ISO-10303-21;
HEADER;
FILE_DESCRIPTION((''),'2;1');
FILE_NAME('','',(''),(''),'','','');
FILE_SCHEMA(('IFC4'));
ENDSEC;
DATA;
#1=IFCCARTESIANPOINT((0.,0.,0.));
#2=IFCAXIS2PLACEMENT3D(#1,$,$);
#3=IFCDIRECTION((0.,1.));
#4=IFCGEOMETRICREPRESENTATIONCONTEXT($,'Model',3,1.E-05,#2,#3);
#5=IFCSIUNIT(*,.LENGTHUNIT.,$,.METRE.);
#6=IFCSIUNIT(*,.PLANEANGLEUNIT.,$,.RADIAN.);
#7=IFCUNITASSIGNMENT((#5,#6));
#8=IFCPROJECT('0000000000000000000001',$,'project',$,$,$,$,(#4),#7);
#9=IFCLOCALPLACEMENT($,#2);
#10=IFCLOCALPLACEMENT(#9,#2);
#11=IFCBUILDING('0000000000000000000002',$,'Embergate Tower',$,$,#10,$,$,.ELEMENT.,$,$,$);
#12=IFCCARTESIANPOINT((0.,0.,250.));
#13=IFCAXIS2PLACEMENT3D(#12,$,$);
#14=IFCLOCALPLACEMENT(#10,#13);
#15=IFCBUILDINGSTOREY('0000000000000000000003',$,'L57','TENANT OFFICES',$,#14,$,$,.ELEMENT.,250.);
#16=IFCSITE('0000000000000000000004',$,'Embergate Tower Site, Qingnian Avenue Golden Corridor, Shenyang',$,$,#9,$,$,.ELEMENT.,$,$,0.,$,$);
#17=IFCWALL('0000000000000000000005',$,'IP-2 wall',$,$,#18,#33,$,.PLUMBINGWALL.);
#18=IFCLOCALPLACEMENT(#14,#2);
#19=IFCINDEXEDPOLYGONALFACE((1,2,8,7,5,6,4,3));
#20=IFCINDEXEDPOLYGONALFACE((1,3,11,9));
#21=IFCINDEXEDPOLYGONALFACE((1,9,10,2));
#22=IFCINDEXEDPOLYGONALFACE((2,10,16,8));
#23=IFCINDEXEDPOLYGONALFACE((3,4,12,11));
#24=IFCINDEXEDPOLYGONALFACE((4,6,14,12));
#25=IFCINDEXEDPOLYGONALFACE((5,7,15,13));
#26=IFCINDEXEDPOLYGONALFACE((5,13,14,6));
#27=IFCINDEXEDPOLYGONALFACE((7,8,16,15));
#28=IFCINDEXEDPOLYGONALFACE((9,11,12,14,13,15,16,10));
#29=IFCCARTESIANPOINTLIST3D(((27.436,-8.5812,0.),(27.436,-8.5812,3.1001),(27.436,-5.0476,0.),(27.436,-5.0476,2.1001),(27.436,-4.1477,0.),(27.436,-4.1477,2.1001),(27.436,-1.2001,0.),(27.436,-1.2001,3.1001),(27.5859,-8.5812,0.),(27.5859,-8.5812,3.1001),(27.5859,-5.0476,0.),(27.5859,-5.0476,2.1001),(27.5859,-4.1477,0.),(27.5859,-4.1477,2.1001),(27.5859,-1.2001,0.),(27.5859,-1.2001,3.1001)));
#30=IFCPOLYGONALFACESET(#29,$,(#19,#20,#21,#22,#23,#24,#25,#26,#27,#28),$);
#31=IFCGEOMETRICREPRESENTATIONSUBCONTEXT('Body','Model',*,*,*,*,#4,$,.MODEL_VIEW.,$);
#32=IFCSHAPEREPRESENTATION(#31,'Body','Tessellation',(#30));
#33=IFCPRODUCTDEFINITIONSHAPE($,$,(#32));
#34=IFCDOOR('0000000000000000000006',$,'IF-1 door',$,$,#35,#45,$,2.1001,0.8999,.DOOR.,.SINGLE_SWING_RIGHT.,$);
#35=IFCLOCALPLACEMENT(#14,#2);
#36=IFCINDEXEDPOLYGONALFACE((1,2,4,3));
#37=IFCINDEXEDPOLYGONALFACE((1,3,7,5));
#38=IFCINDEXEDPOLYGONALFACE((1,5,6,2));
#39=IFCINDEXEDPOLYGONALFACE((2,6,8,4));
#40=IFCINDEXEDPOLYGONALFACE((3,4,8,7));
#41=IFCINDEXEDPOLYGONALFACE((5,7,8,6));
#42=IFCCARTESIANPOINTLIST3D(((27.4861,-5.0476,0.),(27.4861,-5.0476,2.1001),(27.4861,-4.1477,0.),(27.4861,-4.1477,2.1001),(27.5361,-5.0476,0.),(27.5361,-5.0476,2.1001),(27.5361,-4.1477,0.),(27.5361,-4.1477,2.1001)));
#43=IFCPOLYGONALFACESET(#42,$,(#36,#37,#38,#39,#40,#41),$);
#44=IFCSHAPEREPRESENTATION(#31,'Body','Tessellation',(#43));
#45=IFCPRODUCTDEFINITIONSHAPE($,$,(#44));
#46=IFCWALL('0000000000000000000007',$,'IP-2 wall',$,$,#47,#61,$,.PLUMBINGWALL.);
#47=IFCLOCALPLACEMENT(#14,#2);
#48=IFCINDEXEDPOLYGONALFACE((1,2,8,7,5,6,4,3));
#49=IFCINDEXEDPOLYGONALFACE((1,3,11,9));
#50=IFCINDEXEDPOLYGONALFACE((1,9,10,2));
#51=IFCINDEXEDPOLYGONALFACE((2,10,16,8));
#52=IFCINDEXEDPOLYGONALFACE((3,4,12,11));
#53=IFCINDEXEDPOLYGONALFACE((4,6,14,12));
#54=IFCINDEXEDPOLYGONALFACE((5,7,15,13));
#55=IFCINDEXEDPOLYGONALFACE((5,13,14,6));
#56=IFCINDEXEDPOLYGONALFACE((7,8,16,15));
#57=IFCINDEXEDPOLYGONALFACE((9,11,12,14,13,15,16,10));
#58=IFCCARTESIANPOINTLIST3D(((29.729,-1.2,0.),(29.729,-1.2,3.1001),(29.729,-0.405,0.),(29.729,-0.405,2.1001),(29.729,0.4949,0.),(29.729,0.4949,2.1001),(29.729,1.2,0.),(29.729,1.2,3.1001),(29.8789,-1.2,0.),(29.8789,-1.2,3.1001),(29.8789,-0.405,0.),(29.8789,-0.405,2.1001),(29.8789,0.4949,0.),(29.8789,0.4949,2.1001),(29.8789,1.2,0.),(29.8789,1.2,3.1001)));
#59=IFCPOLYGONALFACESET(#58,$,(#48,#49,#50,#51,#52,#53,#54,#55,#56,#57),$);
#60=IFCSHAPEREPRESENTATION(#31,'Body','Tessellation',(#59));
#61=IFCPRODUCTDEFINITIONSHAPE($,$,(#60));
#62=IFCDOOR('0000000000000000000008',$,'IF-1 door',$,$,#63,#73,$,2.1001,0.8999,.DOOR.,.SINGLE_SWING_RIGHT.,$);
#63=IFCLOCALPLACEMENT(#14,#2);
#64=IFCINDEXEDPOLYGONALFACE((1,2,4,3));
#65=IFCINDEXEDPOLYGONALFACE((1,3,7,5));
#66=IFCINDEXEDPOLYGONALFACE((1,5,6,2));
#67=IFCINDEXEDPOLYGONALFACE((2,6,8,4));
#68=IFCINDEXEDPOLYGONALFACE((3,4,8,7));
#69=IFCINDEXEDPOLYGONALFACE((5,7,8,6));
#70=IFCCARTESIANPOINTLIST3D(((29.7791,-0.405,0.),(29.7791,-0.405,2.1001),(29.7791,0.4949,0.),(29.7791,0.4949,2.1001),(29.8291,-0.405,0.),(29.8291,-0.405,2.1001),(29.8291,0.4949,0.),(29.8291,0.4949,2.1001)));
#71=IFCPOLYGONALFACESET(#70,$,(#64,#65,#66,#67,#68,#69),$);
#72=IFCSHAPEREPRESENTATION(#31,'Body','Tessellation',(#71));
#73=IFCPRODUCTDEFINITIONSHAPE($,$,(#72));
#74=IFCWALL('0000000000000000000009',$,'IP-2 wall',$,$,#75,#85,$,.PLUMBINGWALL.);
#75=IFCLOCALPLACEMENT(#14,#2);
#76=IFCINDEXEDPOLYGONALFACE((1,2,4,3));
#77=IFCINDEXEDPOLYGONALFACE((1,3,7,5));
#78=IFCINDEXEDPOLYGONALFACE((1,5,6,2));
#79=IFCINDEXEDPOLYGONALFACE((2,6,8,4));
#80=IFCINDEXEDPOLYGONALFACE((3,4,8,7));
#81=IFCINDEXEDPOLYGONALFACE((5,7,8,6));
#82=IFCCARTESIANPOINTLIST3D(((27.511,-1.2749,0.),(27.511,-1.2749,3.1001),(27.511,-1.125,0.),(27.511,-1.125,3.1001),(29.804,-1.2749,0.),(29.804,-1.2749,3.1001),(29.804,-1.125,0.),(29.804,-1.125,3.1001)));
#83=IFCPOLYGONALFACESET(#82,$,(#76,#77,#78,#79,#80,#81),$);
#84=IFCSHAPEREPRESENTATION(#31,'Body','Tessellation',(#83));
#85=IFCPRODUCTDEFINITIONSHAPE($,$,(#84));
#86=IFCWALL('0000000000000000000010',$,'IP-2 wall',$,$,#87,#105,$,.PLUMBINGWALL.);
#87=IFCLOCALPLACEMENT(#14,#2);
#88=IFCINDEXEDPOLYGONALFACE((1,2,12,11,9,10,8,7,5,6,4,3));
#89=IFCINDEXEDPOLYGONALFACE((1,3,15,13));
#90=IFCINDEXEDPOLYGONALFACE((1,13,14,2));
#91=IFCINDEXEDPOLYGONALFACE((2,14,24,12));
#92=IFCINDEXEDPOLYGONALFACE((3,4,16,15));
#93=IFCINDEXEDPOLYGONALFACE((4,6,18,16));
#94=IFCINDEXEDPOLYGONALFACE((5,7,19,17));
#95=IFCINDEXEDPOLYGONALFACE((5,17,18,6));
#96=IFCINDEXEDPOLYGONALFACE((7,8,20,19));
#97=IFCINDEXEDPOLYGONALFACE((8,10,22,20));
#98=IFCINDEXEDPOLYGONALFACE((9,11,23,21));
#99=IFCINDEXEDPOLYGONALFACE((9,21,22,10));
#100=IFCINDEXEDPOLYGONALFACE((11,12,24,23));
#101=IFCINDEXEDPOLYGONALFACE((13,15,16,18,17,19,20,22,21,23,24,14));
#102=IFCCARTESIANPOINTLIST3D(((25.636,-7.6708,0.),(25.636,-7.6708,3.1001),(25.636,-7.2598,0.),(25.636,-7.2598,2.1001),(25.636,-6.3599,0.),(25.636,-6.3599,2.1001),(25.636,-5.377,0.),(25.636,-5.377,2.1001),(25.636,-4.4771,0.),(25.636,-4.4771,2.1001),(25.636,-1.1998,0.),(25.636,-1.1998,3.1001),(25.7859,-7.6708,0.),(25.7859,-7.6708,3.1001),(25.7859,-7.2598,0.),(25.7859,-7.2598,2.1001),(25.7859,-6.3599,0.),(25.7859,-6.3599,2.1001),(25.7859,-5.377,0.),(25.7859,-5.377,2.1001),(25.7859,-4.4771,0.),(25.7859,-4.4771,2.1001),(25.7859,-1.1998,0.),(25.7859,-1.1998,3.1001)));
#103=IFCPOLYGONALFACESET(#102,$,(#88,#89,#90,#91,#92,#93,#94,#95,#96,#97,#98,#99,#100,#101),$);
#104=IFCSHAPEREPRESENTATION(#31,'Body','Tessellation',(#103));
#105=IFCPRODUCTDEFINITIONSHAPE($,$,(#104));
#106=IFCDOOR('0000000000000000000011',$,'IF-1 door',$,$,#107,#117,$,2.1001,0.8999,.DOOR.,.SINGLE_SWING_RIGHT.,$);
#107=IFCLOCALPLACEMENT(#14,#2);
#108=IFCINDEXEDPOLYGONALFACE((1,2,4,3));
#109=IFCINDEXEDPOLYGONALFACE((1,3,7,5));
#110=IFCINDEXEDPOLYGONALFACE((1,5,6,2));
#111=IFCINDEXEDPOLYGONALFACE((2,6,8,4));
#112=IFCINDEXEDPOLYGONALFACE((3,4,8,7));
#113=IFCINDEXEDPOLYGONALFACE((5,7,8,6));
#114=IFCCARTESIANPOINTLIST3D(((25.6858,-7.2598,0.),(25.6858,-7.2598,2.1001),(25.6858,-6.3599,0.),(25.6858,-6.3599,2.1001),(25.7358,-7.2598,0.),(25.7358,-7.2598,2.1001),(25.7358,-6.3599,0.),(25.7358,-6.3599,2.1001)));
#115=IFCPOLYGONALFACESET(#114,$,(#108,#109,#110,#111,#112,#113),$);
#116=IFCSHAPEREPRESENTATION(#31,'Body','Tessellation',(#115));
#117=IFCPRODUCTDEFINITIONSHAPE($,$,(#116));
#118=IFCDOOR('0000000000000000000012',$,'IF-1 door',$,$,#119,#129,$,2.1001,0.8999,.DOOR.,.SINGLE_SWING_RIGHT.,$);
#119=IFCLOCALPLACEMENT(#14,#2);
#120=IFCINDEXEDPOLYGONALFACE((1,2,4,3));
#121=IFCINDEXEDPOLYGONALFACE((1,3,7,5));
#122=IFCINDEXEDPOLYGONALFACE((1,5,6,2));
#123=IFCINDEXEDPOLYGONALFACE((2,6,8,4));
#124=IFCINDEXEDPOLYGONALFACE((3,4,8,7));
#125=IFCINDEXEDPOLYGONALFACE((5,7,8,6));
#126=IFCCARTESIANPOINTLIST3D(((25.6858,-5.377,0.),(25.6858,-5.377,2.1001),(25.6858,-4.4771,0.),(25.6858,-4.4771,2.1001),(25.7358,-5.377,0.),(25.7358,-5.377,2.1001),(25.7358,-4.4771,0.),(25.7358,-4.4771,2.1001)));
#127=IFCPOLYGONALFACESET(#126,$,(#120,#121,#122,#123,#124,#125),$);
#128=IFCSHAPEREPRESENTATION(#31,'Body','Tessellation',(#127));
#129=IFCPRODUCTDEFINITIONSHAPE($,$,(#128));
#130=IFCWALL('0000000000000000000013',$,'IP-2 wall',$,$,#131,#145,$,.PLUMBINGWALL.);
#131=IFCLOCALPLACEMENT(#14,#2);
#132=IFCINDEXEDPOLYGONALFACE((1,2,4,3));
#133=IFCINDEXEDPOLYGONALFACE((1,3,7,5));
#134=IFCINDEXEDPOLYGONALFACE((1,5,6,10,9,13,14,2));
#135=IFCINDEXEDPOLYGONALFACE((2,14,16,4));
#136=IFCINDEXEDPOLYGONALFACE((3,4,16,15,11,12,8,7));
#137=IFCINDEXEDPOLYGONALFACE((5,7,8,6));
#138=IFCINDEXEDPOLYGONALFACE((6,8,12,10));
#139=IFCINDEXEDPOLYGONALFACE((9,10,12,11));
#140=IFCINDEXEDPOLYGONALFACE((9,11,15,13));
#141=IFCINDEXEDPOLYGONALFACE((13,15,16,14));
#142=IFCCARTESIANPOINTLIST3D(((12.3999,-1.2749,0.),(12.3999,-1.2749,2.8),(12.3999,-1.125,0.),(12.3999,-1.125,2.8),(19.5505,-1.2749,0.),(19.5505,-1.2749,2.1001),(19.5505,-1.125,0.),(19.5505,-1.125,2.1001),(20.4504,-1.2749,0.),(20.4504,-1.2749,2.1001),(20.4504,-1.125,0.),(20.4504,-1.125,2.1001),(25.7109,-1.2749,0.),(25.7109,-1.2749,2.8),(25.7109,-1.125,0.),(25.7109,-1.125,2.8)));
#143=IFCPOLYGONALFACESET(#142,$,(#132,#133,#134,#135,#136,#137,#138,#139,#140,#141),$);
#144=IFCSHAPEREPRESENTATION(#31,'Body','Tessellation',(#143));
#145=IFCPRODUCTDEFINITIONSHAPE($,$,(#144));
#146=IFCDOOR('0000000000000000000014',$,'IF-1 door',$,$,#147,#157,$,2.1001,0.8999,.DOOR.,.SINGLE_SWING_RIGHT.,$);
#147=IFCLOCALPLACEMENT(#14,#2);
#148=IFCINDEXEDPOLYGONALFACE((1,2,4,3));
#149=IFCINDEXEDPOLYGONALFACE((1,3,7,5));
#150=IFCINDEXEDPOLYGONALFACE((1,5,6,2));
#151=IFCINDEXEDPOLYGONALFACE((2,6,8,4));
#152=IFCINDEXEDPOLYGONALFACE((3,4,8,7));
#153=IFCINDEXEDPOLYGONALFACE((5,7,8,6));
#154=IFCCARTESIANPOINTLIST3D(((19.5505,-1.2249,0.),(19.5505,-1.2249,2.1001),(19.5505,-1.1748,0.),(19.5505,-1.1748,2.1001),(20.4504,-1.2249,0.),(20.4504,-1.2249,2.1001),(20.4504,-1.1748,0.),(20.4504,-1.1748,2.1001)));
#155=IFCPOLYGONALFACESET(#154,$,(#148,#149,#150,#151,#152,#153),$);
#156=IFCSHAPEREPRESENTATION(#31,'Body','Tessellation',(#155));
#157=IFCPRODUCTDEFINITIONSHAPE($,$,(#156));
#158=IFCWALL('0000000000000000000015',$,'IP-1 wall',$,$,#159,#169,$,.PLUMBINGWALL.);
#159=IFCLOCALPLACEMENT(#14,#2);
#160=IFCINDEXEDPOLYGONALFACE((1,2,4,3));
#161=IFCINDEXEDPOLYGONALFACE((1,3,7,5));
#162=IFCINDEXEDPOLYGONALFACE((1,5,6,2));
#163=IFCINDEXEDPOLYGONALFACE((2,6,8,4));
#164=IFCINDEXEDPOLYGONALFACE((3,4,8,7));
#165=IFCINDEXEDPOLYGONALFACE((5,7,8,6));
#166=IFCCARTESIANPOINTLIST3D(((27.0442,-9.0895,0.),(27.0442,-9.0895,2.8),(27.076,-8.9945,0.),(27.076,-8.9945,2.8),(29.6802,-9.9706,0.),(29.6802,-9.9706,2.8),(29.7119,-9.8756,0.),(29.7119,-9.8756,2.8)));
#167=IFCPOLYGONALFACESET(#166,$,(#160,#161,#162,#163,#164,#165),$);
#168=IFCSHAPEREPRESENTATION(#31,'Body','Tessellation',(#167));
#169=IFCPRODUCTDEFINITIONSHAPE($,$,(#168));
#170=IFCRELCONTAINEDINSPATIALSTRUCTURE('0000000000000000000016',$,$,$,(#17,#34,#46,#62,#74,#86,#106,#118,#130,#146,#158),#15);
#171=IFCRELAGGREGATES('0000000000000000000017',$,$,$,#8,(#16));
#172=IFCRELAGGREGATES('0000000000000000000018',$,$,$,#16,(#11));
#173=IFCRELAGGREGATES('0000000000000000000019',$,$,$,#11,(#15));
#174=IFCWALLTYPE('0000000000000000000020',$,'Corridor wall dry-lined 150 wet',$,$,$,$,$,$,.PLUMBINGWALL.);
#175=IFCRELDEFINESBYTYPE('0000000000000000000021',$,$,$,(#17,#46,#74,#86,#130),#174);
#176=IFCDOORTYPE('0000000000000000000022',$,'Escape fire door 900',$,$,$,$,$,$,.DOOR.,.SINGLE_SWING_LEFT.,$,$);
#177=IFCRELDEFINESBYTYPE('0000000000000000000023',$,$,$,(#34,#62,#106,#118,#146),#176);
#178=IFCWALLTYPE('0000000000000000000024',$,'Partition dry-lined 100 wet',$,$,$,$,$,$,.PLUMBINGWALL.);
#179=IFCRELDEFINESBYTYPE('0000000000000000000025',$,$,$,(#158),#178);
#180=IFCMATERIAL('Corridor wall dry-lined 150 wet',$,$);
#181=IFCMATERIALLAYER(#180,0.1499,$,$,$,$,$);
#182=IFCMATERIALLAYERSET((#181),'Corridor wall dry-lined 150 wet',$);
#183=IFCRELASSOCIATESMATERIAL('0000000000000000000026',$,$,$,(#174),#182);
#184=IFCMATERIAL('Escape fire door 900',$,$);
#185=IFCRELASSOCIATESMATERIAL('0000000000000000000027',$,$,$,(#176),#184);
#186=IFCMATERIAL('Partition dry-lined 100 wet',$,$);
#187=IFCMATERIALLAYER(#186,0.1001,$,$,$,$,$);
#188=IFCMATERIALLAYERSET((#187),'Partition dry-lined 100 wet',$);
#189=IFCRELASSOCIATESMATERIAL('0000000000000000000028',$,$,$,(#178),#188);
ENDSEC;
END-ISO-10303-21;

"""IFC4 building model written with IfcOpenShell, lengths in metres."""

from ifc_helpers import new_model, si_unit, direction, frame, frame_2d, origin, place, context, subcontext, project, spatial, rectangle, extrude, source, transform, mapped, material, layer, layer_set, type_object, element, fill, save


model = new_model("IFC4")

# Units and contexts
model_context = context("Model", 3, precision=1e-05, world=origin(), true_north=direction((0.0, 1.0)))
body_context = subcontext(model_context, "Body", "Model", "MODEL_VIEW")
ifc_project = project(units=[si_unit("LENGTHUNIT", "METRE"), si_unit("PLANEANGLEUNIT", "RADIAN")], contexts=[model_context])

# Site, building, storey
site_placement = place(None, origin())
site = spatial("IfcSite", under=ifc_project, at=site_placement, Name="Embergate Tower Site, Qingnian Avenue Golden Corridor, Shenyang", CompositionType="ELEMENT", RefElevation=0.0)
building_placement = place(site_placement, origin())
building = spatial("IfcBuilding", under=site, at=building_placement, Name="Embergate Tower", CompositionType="ELEMENT")
storey_placement = place(building_placement, frame((0.0, 0.0, 250.0)))
storey = spatial("IfcBuildingStorey", under=building, at=storey_placement, Name="L57", Description="TENANT OFFICES", CompositionType="ELEMENT", Elevation=250.0)

# Walls, openings, doors
ifc_material_1 = material(Name="Corridor wall dry-lined 150 wet")
ifc_layer_1 = layer(ifc_material_1, 0.1499)
ifc_layer_set_1 = layer_set([ifc_layer_1], Name="Corridor wall dry-lined 150 wet")
wall_type_1 = type_object("IfcWallType", Name="Corridor wall dry-lined 150 wet", PredefinedType="PLUMBINGWALL", material=ifc_layer_set_1)
shared_shape_1 = source(origin(), body_context, "Body", "SweptSolid", [
    extrude(rectangle(XDim=7.3811, YDim=0.1499, at=frame_2d((3.6904, 0.0))), origin(), (0.0, 0.0, 1.0), 3.1001),
])
wall_1_placement = place(storey_placement, frame((27.511, -8.5811, 0.0), z_axis=(0.0, 0.0, 1.0), x_axis=(0.0, 1.0, 0.0)))
wall_1 = element("IfcWall", 1, at=wall_1_placement, inside=storey, type_object=wall_type_1, Name="IP-2 wall", PredefinedType="PLUMBINGWALL", context=body_context, shape_type="MappedRepresentation", body=[
    mapped(shared_shape_1, transform((0.0, 0.0, 0.0))),
])
shared_shape_2 = source(origin(), body_context, "Body", "SweptSolid", [
    extrude(rectangle(XDim=0.8999, YDim=2.1001, at=frame_2d((0.45, 1.05))), frame((0.0, 0.085, 0.0), z_axis=(0.0, -1.0, 0.0), x_axis=(1.0, 0.0, 0.0)), (0.0, 0.0, 1.0), 0.1699),
])
opening_1_placement = place(wall_1_placement, frame((3.5334, 0.0, 0.0)))
opening_1 = element("IfcOpeningElement", 2, at=opening_1_placement, cuts=wall_1, PredefinedType="OPENING", context=body_context, shape_type="MappedRepresentation", body=[
    mapped(shared_shape_2, transform((0.0, 0.0, 0.0))),
])
ifc_material_2 = material(Name="Escape fire door 900")
door_type = type_object("IfcDoorType", Name="Escape fire door 900", OperationType="SINGLE_SWING_LEFT", PredefinedType="DOOR", material=ifc_material_2)
shared_shape_3 = source(origin(), body_context, "Body", "SweptSolid", [
    extrude(rectangle(XDim=0.8999, YDim=2.1001, at=frame_2d((0.45, 1.05))), frame((0.0, 0.0249, 0.0), z_axis=(0.0, -1.0, 0.0), x_axis=(1.0, 0.0, 0.0)), (0.0, 0.0, 1.0), 0.05),
])
door_1_placement = place(opening_1_placement, origin())
door_1 = element("IfcDoor", 3, at=door_1_placement, inside=storey, type_object=door_type, Name="IF-1 door", OperationType="SINGLE_SWING_RIGHT", OverallHeight=2.1001, OverallWidth=0.8999, PredefinedType="DOOR", context=body_context, shape_type="MappedRepresentation", body=[
    mapped(shared_shape_3, transform((0.0, 0.0, 0.0))),
])
fill(opening_1, door_1)
shared_shape_4 = source(origin(), body_context, "Body", "SweptSolid", [
    extrude(rectangle(XDim=2.3999, YDim=0.1499, at=frame_2d((1.2, 0.0))), origin(), (0.0, 0.0, 1.0), 3.1001),
])
wall_2_placement = place(storey_placement, frame((29.804, -1.2, 0.0), z_axis=(0.0, 0.0, 1.0), x_axis=(0.0, 1.0, 0.0)))
wall_2 = element("IfcWall", 4, at=wall_2_placement, inside=storey, type_object=wall_type_1, Name="IP-2 wall", PredefinedType="PLUMBINGWALL", context=body_context, shape_type="MappedRepresentation", body=[
    mapped(shared_shape_4, transform((0.0, 0.0, 0.0))),
])
opening_2_placement = place(wall_2_placement, frame((0.7949, 0.0, 0.0)))
opening_2 = element("IfcOpeningElement", 5, at=opening_2_placement, cuts=wall_2, PredefinedType="OPENING", context=body_context, shape_type="MappedRepresentation", body=[
    mapped(shared_shape_2, transform((0.0, 0.0, 0.0))),
])
door_2_placement = place(opening_2_placement, origin())
door_2 = element("IfcDoor", 6, at=door_2_placement, inside=storey, type_object=door_type, Name="IF-1 door", OperationType="SINGLE_SWING_RIGHT", OverallHeight=2.1001, OverallWidth=0.8999, PredefinedType="DOOR", context=body_context, shape_type="MappedRepresentation", body=[
    mapped(shared_shape_3, transform((0.0, 0.0, 0.0))),
])
fill(opening_2, door_2)

# Wall
shared_shape_5 = source(origin(), body_context, "Body", "SweptSolid", [
    extrude(rectangle(XDim=2.293, YDim=0.1499, at=frame_2d((1.1465, 0.0))), origin(), (0.0, 0.0, 1.0), 3.1001),
])
wall_3_placement = place(storey_placement, frame((27.511, -1.2, 0.0), z_axis=(0.0, 0.0, 1.0), x_axis=(1.0, 0.0, 0.0)))
element("IfcWall", 7, at=wall_3_placement, inside=storey, type_object=wall_type_1, Name="IP-2 wall", PredefinedType="PLUMBINGWALL", context=body_context, shape_type="MappedRepresentation", body=[
    mapped(shared_shape_5, transform((0.0, 0.0, 0.0))),
])

# Wall, openings, doors
shared_shape_6 = source(origin(), body_context, "Body", "SweptSolid", [
    extrude(rectangle(XDim=6.4709, YDim=0.1499, at=frame_2d((3.2354, 0.0))), origin(), (0.0, 0.0, 1.0), 3.1001),
])
wall_4_placement = place(storey_placement, frame((25.7109, -1.2, 0.0), z_axis=(0.0, 0.0, 1.0), x_axis=(0.0, -1.0, 0.0)))
wall_4 = element("IfcWall", 8, at=wall_4_placement, inside=storey, type_object=wall_type_1, Name="IP-2 wall", PredefinedType="PLUMBINGWALL", context=body_context, shape_type="MappedRepresentation", body=[
    mapped(shared_shape_6, transform((0.0, 0.0, 0.0))),
])
opening_3_placement = place(wall_4_placement, frame((5.1599, 0.0, 0.0)))
opening_3 = element("IfcOpeningElement", 9, at=opening_3_placement, cuts=wall_4, PredefinedType="OPENING", context=body_context, shape_type="MappedRepresentation", body=[
    mapped(shared_shape_2, transform((0.0, 0.0, 0.0))),
])
opening_4_placement = place(wall_4_placement, frame((3.2771, 0.0, 0.0)))
opening_4 = element("IfcOpeningElement", 10, at=opening_4_placement, cuts=wall_4, PredefinedType="OPENING", context=body_context, shape_type="MappedRepresentation", body=[
    mapped(shared_shape_2, transform((0.0, 0.0, 0.0))),
])
door_3_placement = place(opening_3_placement, origin())
door_3 = element("IfcDoor", 11, at=door_3_placement, inside=storey, type_object=door_type, Name="IF-1 door", OperationType="SINGLE_SWING_RIGHT", OverallHeight=2.1001, OverallWidth=0.8999, PredefinedType="DOOR", context=body_context, shape_type="MappedRepresentation", body=[
    mapped(shared_shape_3, transform((0.0, 0.0, 0.0))),
])
fill(opening_3, door_3)
door_4_placement = place(opening_4_placement, origin())
door_4 = element("IfcDoor", 12, at=door_4_placement, inside=storey, type_object=door_type, Name="IF-1 door", OperationType="SINGLE_SWING_RIGHT", OverallHeight=2.1001, OverallWidth=0.8999, PredefinedType="DOOR", context=body_context, shape_type="MappedRepresentation", body=[
    mapped(shared_shape_3, transform((0.0, 0.0, 0.0))),
])
fill(opening_4, door_4)

# Wall, opening, door
shared_shape_7 = source(origin(), body_context, "Body", "SweptSolid", [
    extrude(rectangle(XDim=13.311, YDim=0.1499, at=frame_2d((6.6555, 0.0))), origin(), (0.0, 0.0, 1.0), 2.8),
])
wall_5_placement = place(storey_placement, frame((25.7109, -1.2, 0.0), z_axis=(0.0, 0.0, 1.0), x_axis=(-1.0, 0.0, 0.0)))
wall_5 = element("IfcWall", 13, at=wall_5_placement, inside=storey, type_object=wall_type_1, Name="IP-2 wall", PredefinedType="PLUMBINGWALL", context=body_context, shape_type="MappedRepresentation", body=[
    mapped(shared_shape_7, transform((0.0, 0.0, 0.0))),
])
opening_5_placement = place(wall_5_placement, frame((5.2605, 0.0, 0.0)))
opening_5 = element("IfcOpeningElement", 14, at=opening_5_placement, cuts=wall_5, PredefinedType="OPENING", context=body_context, shape_type="MappedRepresentation", body=[
    mapped(shared_shape_2, transform((0.0, 0.0, 0.0))),
])
door_5_placement = place(opening_5_placement, origin())
door_5 = element("IfcDoor", 15, at=door_5_placement, inside=storey, type_object=door_type, Name="IF-1 door", OperationType="SINGLE_SWING_RIGHT", OverallHeight=2.1001, OverallWidth=0.8999, PredefinedType="DOOR", context=body_context, shape_type="MappedRepresentation", body=[
    mapped(shared_shape_3, transform((0.0, 0.0, 0.0))),
])
fill(opening_5, door_5)

# Wall
ifc_material_3 = material(Name="Partition dry-lined 100 wet")
ifc_layer_2 = layer(ifc_material_3, 0.1001)
ifc_layer_set_2 = layer_set([ifc_layer_2], Name="Partition dry-lined 100 wet")
wall_type_2 = type_object("IfcWallType", Name="Partition dry-lined 100 wet", PredefinedType="PLUMBINGWALL", material=ifc_layer_set_2)
shared_shape_8 = source(origin(), body_context, "Body", "SweptSolid", [
    extrude(rectangle(XDim=2.7793, YDim=0.1001, at=frame_2d((1.3896, 0.0))), origin(), (0.0, 0.0, 1.0), 2.8),
])
wall_6_placement = place(storey_placement, frame((29.696, -9.9231, 0.0), z_axis=(0.0, 0.0, 1.0), x_axis=(-0.948419, 0.317018, 0.0)))
element("IfcWall", 16, at=wall_6_placement, inside=storey, type_object=wall_type_2, Name="IP-1 wall", PredefinedType="PLUMBINGWALL", context=body_context, shape_type="MappedRepresentation", body=[
    mapped(shared_shape_8, transform((0.0, 0.0, 0.0))),
])

save(model, "model.ifc")
